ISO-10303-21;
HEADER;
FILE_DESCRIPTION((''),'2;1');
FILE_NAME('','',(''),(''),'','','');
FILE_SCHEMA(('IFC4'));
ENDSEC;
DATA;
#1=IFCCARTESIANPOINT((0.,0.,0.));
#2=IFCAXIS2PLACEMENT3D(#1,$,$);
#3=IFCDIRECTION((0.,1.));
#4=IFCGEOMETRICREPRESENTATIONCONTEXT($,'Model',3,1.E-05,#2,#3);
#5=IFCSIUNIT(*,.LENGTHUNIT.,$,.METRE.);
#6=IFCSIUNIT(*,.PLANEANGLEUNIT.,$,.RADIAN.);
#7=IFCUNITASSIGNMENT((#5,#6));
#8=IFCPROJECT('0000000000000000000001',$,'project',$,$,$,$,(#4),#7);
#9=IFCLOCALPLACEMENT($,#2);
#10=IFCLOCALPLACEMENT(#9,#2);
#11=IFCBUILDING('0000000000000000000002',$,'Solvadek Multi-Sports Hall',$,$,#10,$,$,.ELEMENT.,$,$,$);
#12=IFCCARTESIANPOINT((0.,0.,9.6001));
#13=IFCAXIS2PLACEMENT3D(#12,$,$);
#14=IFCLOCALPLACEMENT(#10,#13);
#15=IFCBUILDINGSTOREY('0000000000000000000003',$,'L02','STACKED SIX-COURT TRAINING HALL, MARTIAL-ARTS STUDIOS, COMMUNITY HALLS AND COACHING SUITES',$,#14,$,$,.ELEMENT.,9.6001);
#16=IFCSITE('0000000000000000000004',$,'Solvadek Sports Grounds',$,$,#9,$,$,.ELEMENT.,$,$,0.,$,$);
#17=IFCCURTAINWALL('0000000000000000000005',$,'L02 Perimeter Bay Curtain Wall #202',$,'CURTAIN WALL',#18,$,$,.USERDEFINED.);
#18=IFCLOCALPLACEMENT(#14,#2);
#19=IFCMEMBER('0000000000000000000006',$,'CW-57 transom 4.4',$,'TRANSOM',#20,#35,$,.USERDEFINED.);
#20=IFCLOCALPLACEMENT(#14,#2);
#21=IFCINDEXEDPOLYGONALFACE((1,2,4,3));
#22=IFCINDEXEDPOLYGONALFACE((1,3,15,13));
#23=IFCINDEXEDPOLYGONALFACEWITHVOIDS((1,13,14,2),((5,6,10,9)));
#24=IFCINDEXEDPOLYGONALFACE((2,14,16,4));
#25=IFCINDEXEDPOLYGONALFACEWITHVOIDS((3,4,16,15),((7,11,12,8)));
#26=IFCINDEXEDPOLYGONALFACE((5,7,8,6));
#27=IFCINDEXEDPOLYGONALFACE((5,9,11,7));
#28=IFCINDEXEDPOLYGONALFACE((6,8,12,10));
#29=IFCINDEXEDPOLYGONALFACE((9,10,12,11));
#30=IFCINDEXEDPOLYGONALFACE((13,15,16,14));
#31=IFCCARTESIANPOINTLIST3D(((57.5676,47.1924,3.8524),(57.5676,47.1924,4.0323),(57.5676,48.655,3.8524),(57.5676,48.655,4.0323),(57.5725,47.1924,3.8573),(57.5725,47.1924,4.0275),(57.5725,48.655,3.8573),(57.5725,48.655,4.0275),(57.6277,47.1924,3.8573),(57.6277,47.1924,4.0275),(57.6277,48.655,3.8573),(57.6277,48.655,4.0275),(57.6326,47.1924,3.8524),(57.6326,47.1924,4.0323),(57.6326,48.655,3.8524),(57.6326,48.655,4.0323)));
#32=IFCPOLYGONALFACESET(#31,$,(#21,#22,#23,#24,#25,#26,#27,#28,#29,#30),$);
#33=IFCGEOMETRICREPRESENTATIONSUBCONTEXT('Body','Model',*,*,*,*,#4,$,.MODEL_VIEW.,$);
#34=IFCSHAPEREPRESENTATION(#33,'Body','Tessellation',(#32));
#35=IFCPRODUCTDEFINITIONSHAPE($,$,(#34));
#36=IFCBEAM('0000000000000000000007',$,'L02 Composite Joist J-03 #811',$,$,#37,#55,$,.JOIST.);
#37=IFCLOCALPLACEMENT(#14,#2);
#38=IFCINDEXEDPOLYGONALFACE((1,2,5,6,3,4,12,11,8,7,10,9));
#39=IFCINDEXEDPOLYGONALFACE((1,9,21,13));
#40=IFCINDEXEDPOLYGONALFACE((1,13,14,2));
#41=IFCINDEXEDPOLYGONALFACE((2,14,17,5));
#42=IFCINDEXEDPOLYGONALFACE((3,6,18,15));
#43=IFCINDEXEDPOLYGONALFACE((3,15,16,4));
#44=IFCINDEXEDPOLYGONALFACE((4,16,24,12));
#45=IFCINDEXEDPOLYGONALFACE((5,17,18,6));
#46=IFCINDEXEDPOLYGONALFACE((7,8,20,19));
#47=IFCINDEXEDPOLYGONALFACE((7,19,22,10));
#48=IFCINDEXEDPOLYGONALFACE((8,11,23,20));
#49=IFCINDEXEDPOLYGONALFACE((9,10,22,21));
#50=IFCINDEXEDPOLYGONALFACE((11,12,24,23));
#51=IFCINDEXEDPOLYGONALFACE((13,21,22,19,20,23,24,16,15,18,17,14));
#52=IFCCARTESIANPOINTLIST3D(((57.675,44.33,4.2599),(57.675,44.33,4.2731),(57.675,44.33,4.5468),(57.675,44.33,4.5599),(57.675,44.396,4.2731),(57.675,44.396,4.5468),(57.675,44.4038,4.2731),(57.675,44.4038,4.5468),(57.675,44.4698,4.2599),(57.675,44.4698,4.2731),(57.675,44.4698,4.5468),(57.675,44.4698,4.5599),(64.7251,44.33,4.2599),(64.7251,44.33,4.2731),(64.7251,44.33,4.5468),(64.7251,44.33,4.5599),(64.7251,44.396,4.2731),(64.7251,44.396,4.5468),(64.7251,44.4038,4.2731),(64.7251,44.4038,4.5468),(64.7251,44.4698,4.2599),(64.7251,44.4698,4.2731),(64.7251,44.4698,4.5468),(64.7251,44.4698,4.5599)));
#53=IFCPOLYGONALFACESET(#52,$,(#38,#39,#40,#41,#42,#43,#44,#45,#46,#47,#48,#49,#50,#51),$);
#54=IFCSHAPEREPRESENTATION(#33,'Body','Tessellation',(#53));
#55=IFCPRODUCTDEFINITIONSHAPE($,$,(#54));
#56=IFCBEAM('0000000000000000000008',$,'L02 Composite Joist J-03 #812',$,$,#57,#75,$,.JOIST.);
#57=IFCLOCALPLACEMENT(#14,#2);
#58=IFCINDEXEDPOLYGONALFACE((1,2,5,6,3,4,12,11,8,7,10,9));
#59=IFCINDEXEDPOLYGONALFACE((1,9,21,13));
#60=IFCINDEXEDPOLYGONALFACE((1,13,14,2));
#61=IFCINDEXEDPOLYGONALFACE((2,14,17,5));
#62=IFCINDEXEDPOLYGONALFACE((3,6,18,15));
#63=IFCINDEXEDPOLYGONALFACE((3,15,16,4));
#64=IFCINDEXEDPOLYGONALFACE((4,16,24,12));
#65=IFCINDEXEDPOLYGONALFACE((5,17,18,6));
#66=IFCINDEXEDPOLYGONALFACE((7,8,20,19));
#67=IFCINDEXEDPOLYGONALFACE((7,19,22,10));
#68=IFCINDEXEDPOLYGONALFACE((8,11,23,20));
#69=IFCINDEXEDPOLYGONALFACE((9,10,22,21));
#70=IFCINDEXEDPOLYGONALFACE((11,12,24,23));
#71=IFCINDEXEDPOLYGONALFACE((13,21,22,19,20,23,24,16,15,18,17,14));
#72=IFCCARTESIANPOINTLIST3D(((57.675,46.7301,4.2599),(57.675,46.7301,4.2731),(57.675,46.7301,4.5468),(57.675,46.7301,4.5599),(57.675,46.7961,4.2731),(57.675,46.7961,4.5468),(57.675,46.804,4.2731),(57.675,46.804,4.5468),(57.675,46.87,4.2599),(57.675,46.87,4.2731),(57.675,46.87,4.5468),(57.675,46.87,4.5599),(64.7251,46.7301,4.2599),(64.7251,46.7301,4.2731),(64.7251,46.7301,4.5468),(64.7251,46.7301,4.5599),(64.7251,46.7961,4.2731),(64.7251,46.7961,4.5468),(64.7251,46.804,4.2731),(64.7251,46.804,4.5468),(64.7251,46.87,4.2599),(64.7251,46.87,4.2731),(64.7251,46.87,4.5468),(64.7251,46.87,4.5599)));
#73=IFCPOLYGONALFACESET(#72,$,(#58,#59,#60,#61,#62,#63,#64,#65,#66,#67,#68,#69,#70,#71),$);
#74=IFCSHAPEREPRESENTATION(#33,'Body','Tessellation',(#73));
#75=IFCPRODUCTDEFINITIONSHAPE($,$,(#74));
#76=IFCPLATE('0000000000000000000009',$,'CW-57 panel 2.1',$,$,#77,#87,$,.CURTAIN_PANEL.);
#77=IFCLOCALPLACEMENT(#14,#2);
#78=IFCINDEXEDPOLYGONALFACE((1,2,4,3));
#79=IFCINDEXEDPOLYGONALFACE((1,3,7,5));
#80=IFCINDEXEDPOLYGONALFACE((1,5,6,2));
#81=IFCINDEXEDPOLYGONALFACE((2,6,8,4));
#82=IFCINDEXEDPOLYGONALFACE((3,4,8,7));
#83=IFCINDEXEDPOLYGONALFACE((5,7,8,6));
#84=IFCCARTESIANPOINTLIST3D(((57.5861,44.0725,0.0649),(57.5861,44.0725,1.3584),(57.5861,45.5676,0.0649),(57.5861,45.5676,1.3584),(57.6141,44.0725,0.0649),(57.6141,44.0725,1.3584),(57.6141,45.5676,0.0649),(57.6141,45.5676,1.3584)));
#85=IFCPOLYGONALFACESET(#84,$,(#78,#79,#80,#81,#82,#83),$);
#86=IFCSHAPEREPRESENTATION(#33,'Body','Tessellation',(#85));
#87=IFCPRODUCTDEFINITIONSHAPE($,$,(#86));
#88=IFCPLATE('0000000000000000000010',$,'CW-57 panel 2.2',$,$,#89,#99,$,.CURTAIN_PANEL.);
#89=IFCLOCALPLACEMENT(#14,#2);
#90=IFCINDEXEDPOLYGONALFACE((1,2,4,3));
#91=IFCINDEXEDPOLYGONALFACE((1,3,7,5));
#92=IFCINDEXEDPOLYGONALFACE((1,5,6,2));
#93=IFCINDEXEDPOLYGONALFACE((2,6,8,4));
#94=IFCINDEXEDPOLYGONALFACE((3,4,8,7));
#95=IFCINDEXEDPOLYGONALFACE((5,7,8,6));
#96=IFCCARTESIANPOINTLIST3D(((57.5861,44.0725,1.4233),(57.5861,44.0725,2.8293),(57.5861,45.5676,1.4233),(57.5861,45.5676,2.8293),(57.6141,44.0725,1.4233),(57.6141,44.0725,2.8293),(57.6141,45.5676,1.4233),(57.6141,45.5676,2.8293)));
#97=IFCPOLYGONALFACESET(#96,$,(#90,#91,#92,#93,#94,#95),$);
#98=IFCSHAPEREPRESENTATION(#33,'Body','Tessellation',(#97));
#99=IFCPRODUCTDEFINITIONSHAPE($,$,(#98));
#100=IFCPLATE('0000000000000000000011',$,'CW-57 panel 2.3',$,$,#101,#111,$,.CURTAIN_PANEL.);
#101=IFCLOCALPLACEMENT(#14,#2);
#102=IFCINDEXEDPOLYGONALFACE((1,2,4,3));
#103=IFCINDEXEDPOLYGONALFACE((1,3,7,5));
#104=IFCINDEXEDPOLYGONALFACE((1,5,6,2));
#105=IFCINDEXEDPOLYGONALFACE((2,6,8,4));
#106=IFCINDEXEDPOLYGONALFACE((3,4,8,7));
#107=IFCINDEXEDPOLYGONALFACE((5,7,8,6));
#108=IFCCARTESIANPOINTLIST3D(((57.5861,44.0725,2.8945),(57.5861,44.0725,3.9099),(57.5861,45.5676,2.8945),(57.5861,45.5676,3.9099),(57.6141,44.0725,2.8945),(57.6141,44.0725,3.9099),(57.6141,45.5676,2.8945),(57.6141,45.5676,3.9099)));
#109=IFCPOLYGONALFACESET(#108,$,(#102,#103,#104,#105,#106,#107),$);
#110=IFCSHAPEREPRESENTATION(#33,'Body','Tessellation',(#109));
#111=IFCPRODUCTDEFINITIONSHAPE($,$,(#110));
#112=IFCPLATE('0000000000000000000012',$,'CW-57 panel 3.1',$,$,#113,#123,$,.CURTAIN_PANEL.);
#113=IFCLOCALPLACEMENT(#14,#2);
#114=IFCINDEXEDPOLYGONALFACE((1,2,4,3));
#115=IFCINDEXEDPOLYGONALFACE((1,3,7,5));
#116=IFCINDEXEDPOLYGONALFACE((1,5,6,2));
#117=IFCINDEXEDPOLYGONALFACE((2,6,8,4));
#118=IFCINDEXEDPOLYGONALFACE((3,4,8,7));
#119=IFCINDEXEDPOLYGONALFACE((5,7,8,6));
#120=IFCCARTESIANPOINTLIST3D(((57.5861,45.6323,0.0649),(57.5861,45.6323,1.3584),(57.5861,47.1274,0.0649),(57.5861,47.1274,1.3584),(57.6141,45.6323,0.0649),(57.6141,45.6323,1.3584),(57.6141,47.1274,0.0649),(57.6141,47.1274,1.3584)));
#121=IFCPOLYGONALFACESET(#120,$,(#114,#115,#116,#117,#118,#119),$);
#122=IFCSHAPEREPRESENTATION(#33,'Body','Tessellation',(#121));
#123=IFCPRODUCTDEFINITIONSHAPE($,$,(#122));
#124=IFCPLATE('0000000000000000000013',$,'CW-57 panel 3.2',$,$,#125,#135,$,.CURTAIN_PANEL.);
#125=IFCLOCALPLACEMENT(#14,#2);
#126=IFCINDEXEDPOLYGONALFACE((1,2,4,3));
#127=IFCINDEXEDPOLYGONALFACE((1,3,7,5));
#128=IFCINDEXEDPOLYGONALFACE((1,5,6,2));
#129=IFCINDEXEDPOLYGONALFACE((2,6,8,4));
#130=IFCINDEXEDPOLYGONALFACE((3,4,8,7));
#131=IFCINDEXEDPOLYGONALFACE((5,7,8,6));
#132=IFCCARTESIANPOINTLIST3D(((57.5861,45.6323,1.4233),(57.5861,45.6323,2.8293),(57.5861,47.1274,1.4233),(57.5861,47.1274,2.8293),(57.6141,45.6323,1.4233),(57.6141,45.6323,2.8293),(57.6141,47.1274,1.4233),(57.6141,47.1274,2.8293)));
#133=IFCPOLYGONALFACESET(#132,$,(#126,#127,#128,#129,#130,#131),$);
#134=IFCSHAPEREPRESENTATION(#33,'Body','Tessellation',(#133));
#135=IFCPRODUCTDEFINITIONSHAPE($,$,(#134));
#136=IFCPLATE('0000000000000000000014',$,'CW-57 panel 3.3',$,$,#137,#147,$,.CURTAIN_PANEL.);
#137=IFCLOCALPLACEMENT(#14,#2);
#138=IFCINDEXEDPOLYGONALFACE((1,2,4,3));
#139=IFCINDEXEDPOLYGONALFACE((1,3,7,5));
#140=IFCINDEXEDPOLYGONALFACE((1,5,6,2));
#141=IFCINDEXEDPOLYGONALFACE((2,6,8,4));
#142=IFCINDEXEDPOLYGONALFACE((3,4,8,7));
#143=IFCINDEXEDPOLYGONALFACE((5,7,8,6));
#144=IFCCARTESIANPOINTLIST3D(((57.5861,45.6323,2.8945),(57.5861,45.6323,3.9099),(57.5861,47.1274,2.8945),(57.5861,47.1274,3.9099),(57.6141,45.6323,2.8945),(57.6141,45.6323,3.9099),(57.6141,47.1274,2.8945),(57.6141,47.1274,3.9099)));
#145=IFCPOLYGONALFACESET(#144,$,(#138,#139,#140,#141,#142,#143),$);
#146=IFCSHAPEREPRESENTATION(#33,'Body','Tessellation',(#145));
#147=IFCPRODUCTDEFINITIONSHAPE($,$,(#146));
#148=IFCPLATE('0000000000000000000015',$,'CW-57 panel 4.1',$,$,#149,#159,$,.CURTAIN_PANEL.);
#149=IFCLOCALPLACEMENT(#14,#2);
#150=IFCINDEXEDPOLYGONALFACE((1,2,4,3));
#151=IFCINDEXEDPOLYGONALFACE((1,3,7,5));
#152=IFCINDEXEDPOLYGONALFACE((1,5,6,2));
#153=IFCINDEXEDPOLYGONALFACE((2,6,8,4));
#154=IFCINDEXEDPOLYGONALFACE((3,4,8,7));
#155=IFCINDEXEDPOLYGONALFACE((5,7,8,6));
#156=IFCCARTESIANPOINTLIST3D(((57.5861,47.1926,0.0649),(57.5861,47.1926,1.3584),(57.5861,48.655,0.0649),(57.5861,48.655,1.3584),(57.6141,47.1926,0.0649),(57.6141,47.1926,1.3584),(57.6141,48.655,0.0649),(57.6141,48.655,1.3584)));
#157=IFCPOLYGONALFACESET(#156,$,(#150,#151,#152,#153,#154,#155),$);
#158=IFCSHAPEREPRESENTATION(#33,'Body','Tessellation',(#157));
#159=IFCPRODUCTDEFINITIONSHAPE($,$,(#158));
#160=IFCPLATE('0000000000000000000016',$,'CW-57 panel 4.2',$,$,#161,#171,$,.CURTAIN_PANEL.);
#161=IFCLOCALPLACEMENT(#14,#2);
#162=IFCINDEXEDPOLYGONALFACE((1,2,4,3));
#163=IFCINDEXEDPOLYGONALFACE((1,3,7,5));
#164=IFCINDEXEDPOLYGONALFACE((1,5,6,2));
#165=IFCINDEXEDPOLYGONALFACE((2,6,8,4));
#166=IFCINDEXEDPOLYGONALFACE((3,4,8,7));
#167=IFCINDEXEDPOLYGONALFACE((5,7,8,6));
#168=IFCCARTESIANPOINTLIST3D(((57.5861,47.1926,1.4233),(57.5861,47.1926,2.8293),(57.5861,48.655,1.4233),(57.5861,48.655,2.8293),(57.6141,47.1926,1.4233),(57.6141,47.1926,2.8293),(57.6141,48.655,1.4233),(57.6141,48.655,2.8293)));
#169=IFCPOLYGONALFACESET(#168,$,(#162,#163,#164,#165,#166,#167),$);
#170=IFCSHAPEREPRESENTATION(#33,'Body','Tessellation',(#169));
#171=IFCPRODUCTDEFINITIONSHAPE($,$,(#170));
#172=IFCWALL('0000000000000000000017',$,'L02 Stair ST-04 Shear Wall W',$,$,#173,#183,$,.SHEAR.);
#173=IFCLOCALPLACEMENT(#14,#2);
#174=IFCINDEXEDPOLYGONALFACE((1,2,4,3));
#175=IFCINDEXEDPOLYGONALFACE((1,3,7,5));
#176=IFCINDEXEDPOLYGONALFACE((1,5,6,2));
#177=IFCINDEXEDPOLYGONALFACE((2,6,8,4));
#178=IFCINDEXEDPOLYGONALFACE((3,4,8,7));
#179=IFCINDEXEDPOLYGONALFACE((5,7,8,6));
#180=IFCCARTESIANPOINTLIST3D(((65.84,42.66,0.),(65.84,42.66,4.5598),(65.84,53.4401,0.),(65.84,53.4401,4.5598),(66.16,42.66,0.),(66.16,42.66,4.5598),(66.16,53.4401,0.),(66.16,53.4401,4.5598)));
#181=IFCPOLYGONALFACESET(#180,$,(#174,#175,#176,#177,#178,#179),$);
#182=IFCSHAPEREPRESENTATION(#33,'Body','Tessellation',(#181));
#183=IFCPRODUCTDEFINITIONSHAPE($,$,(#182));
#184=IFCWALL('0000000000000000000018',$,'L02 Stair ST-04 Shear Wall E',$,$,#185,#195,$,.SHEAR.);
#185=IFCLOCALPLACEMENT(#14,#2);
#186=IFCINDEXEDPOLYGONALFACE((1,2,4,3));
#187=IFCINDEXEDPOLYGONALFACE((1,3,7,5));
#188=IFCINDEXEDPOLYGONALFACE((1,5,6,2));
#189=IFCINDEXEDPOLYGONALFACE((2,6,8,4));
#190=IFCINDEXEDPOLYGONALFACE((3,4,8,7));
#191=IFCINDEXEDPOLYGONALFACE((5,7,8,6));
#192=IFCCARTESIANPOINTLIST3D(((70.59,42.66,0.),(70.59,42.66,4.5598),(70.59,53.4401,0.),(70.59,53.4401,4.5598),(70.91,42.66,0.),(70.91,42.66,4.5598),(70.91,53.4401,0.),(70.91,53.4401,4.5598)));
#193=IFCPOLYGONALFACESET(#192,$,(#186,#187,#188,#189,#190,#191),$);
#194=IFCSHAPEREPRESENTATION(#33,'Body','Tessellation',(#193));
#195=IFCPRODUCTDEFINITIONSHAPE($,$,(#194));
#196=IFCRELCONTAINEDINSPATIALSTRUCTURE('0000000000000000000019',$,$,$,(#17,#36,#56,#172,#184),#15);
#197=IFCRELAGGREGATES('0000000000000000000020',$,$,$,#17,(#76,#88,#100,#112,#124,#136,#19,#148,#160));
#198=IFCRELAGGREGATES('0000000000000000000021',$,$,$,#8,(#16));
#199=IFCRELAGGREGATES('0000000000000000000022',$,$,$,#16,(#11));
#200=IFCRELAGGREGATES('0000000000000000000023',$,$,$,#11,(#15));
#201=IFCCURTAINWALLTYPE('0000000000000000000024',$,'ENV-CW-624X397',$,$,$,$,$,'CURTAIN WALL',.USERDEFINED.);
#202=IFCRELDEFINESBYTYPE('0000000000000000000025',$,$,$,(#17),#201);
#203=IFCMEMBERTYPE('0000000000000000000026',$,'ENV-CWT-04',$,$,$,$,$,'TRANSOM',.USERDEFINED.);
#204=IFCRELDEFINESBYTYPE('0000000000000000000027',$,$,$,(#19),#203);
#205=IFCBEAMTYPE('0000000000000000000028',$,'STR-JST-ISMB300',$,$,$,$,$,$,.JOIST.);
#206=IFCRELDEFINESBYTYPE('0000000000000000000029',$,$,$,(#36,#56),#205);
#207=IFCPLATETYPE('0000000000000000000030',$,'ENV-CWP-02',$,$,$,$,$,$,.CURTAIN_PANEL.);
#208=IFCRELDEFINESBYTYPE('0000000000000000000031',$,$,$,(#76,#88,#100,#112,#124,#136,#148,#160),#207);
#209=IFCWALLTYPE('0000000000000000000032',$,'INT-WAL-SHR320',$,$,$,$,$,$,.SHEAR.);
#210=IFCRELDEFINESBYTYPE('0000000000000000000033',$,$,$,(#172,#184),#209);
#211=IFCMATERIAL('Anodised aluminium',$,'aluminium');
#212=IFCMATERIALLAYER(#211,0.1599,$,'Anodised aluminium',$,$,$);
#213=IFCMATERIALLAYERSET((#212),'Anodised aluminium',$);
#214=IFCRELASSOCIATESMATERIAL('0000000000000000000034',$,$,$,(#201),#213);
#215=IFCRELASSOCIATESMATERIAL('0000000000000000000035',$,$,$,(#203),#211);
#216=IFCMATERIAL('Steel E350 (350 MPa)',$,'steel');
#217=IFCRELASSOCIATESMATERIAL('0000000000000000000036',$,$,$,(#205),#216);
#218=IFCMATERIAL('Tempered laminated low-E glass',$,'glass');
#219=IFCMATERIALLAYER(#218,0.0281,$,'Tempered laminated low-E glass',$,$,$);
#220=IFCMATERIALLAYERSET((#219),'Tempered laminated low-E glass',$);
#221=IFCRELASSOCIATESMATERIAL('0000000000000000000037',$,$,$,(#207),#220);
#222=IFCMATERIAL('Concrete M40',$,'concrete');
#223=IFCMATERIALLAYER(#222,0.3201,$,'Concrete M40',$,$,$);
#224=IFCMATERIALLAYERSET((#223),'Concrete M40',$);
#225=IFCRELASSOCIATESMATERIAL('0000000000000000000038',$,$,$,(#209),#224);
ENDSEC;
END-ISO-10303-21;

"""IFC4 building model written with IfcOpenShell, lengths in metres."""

from ifc_helpers import new_model, si_unit, direction, frame, frame_2d, origin, origin_2d, place, context, subcontext, project, spatial, rectangle, hollow_rectangle, i_section, extrude, material, layer, layer_set, material_profile, profile_set, type_object, element, aggregate, save


model = new_model("IFC4")

# Units and contexts
model_context = context("Model", 3, precision=1e-05, world=origin(), true_north=direction((0.0, 1.0)))
body_context = subcontext(model_context, "Body", "Model", "MODEL_VIEW")
ifc_project = project(units=[si_unit("LENGTHUNIT", "METRE"), si_unit("PLANEANGLEUNIT", "RADIAN")], contexts=[model_context])

# Site, building, storey
site_placement = place(None, origin())
site = spatial("IfcSite", under=ifc_project, at=site_placement, Name="Solvadek Sports Grounds", CompositionType="ELEMENT", RefElevation=0.0)
building_placement = place(site_placement, origin())
building = spatial("IfcBuilding", under=site, at=building_placement, Name="Solvadek Multi-Sports Hall", CompositionType="ELEMENT")
storey_placement = place(building_placement, frame((0.0, 0.0, 9.6001)))
storey = spatial("IfcBuildingStorey", under=building, at=storey_placement, Name="L02", Description="STACKED SIX-COURT TRAINING HALL, MARTIAL-ARTS STUDIOS, COMMUNITY HALLS AND COACHING SUITES", CompositionType="ELEMENT", Elevation=9.6001)

# Curtain wall, member
ifc_material_1 = material(Name="Anodised aluminium", Category="aluminium")
ifc_layer_1 = layer(ifc_material_1, 0.1599, Name="Anodised aluminium")
ifc_layer_set_1 = layer_set([ifc_layer_1], Name="Anodised aluminium")
curtain_wall_type = type_object("IfcCurtainWallType", Name="ENV-CW-624X397", ElementType="CURTAIN WALL", PredefinedType="USERDEFINED", material=ifc_layer_set_1)
curtain_wall_placement = place(storey_placement, origin())
curtain_wall = element("IfcCurtainWall", 1, at=curtain_wall_placement, inside=storey, type_object=curtain_wall_type, Name="L02 Perimeter Bay Curtain Wall #202", ObjectType="CURTAIN WALL", PredefinedType="USERDEFINED")
ifc_material_profile_1 = material_profile(ifc_material_1, hollow_rectangle(XDim=0.0649, YDim=0.1799, WallThickness=0.0049, at=origin_2d()), Name="ALU-T 180x65x5")
ifc_profile_set_1 = profile_set([ifc_material_profile_1], Name="Anodised aluminium")
member_type = type_object("IfcMemberType", Name="ENV-CWT-04", ElementType="TRANSOM", PredefinedType="USERDEFINED", material=ifc_profile_set_1)
member_1_placement = place(storey_placement, frame((57.6001, 47.1924, 3.9424), z_axis=(0.0, 1.0, 0.0), x_axis=(-1.0, 0.0, 0.0)))
member_1 = element("IfcMember", 2, at=member_1_placement, type_object=member_type, Name="CW-57 transom 4.4", ObjectType="TRANSOM", PredefinedType="USERDEFINED", context=body_context, shape_type="SweptSolid", body=[
    extrude(hollow_rectangle(XDim=0.0649, YDim=0.1799, WallThickness=0.0049, at=origin_2d()), origin(), (0.0, 0.0, 1.0), 1.4626),
])

# Beams
ifc_material_2 = material(Name="Steel E350 (350 MPa)", Category="steel")
ifc_material_profile_2 = material_profile(ifc_material_2, i_section(OverallWidth=0.1399, OverallDepth=0.3, WebThickness=0.0078, FlangeThickness=0.0132, at=origin_2d()), Name="ISMB 300")
ifc_profile_set_2 = profile_set([ifc_material_profile_2], Name="Steel E350 (350 MPa)")
beam_type = type_object("IfcBeamType", Name="STR-JST-ISMB300", PredefinedType="JOIST", material=ifc_profile_set_2)
for number, where, z_axis, x_axis, name in (
    (3, (57.675, 44.3999, 4.4099), (1.0, 0.0, 0.0), (0.0, 1.0, 0.0), "L02 Composite Joist J-03 #811"),
    (4, (57.675, 46.8, 4.4099), (1.0, 0.0, 0.0), (0.0, 1.0, 0.0), "L02 Composite Joist J-03 #812"),
):
    element("IfcBeam", number, at=place(storey_placement, frame(where, z_axis=z_axis, x_axis=x_axis)), inside=storey, type_object=beam_type, Name=name, PredefinedType="JOIST", context=body_context, shape_type="SweptSolid", body=[
        extrude(i_section(OverallWidth=0.1399, OverallDepth=0.3, WebThickness=0.0078, FlangeThickness=0.0132, at=origin_2d()), origin(), (0.0, 0.0, 1.0), 7.05),
    ])

# Plates
ifc_material_3 = material(Name="Tempered laminated low-E glass", Category="glass")
ifc_layer_2 = layer(ifc_material_3, 0.0281, Name="Tempered laminated low-E glass")
ifc_layer_set_2 = layer_set([ifc_layer_2], Name="Tempered laminated low-E glass")
plate_type = type_object("IfcPlateType", Name="ENV-CWP-02", PredefinedType="CURTAIN_PANEL", material=ifc_layer_set_2)
plate_1_placement = place(storey_placement, frame((57.6001, 44.8201, 0.0649), z_axis=(0.0, 0.0, 1.0), x_axis=(0.0, 1.0, 0.0)))
plate_1 = element("IfcPlate", 5, at=plate_1_placement, type_object=plate_type, Name="CW-57 panel 2.1", PredefinedType="CURTAIN_PANEL", context=body_context, shape_type="SweptSolid", body=[
    extrude(rectangle(XDim=1.4951, YDim=0.0281, at=origin_2d()), origin(), (0.0, 0.0, 1.0), 1.2935),
])
plate_2_placement = place(storey_placement, frame((57.6001, 44.8201, 1.4233), z_axis=(0.0, 0.0, 1.0), x_axis=(0.0, 1.0, 0.0)))
plate_2 = element("IfcPlate", 6, at=plate_2_placement, type_object=plate_type, Name="CW-57 panel 2.2", PredefinedType="CURTAIN_PANEL", context=body_context, shape_type="SweptSolid", body=[
    extrude(rectangle(XDim=1.4951, YDim=0.0281, at=origin_2d()), origin(), (0.0, 0.0, 1.0), 1.406),
])
plate_3_placement = place(storey_placement, frame((57.6001, 44.8201, 2.8945), z_axis=(0.0, 0.0, 1.0), x_axis=(0.0, 1.0, 0.0)))
plate_3 = element("IfcPlate", 7, at=plate_3_placement, type_object=plate_type, Name="CW-57 panel 2.3", PredefinedType="CURTAIN_PANEL", context=body_context, shape_type="SweptSolid", body=[
    extrude(rectangle(XDim=1.4951, YDim=0.0281, at=origin_2d()), origin(), (0.0, 0.0, 1.0), 1.0154),
])
plate_4_placement = place(storey_placement, frame((57.6001, 46.3799, 0.0649), z_axis=(0.0, 0.0, 1.0), x_axis=(0.0, 1.0, 0.0)))
plate_4 = element("IfcPlate", 8, at=plate_4_placement, type_object=plate_type, Name="CW-57 panel 3.1", PredefinedType="CURTAIN_PANEL", context=body_context, shape_type="SweptSolid", body=[
    extrude(rectangle(XDim=1.4951, YDim=0.0281, at=origin_2d()), origin(), (0.0, 0.0, 1.0), 1.2935),
])
plate_5_placement = place(storey_placement, frame((57.6001, 46.3799, 1.4233), z_axis=(0.0, 0.0, 1.0), x_axis=(0.0, 1.0, 0.0)))
plate_5 = element("IfcPlate", 9, at=plate_5_placement, type_object=plate_type, Name="CW-57 panel 3.2", PredefinedType="CURTAIN_PANEL", context=body_context, shape_type="SweptSolid", body=[
    extrude(rectangle(XDim=1.4951, YDim=0.0281, at=origin_2d()), origin(), (0.0, 0.0, 1.0), 1.406),
])
plate_6_placement = place(storey_placement, frame((57.6001, 46.3799, 2.8945), z_axis=(0.0, 0.0, 1.0), x_axis=(0.0, 1.0, 0.0)))
plate_6 = element("IfcPlate", 10, at=plate_6_placement, type_object=plate_type, Name="CW-57 panel 3.3", PredefinedType="CURTAIN_PANEL", context=body_context, shape_type="SweptSolid", body=[
    extrude(rectangle(XDim=1.4951, YDim=0.0281, at=origin_2d()), origin(), (0.0, 0.0, 1.0), 1.0154),
])
plate_7_placement = place(storey_placement, frame((57.6001, 47.9238, 0.0649), z_axis=(0.0, 0.0, 1.0), x_axis=(0.0, 1.0, 0.0)))
plate_7 = element("IfcPlate", 11, at=plate_7_placement, type_object=plate_type, Name="CW-57 panel 4.1", PredefinedType="CURTAIN_PANEL", context=body_context, shape_type="SweptSolid", body=[
    extrude(rectangle(XDim=1.4624, YDim=0.0281, at=origin_2d()), origin(), (0.0, 0.0, 1.0), 1.2935),
])
plate_8_placement = place(storey_placement, frame((57.6001, 47.9238, 1.4233), z_axis=(0.0, 0.0, 1.0), x_axis=(0.0, 1.0, 0.0)))
plate_8 = element("IfcPlate", 12, at=plate_8_placement, type_object=plate_type, Name="CW-57 panel 4.2", PredefinedType="CURTAIN_PANEL", context=body_context, shape_type="SweptSolid", body=[
    extrude(rectangle(XDim=1.4624, YDim=0.0281, at=origin_2d()), origin(), (0.0, 0.0, 1.0), 1.406),
])
aggregate(curtain_wall, [plate_1, plate_2, plate_3, plate_4, plate_5, plate_6, member_1, plate_7, plate_8])

# Shared definitions
ifc_material_4 = material(Name="Concrete M40", Category="concrete")
ifc_layer_3 = layer(ifc_material_4, 0.3201, Name="Concrete M40")
ifc_layer_set_3 = layer_set([ifc_layer_3], Name="Concrete M40")
wall_type = type_object("IfcWallType", Name="INT-WAL-SHR320", PredefinedType="SHEAR", material=ifc_layer_set_3)

# Walls
for number, where, z_axis, x_axis, name in (
    (13, (66.0, 42.6599, 0.0), (0.0, 0.0, 1.0), (0.0, 1.0, 0.0), "L02 Stair ST-04 Shear Wall W"),
    (14, (70.75, 42.6599, 0.0), (0.0, 0.0, 1.0), (0.0, 1.0, 0.0), "L02 Stair ST-04 Shear Wall E"),
):
    element("IfcWall", number, at=place(storey_placement, frame(where, z_axis=z_axis, x_axis=x_axis)), inside=storey, type_object=wall_type, Name=name, PredefinedType="SHEAR", context=body_context, shape_type="SweptSolid", body=[
        extrude(rectangle(XDim=10.78, YDim=0.3201, at=frame_2d((5.3901, 0.0))), origin(), (0.0, 0.0, 1.0), 4.5598),
    ])

save(model, "model.ifc")
